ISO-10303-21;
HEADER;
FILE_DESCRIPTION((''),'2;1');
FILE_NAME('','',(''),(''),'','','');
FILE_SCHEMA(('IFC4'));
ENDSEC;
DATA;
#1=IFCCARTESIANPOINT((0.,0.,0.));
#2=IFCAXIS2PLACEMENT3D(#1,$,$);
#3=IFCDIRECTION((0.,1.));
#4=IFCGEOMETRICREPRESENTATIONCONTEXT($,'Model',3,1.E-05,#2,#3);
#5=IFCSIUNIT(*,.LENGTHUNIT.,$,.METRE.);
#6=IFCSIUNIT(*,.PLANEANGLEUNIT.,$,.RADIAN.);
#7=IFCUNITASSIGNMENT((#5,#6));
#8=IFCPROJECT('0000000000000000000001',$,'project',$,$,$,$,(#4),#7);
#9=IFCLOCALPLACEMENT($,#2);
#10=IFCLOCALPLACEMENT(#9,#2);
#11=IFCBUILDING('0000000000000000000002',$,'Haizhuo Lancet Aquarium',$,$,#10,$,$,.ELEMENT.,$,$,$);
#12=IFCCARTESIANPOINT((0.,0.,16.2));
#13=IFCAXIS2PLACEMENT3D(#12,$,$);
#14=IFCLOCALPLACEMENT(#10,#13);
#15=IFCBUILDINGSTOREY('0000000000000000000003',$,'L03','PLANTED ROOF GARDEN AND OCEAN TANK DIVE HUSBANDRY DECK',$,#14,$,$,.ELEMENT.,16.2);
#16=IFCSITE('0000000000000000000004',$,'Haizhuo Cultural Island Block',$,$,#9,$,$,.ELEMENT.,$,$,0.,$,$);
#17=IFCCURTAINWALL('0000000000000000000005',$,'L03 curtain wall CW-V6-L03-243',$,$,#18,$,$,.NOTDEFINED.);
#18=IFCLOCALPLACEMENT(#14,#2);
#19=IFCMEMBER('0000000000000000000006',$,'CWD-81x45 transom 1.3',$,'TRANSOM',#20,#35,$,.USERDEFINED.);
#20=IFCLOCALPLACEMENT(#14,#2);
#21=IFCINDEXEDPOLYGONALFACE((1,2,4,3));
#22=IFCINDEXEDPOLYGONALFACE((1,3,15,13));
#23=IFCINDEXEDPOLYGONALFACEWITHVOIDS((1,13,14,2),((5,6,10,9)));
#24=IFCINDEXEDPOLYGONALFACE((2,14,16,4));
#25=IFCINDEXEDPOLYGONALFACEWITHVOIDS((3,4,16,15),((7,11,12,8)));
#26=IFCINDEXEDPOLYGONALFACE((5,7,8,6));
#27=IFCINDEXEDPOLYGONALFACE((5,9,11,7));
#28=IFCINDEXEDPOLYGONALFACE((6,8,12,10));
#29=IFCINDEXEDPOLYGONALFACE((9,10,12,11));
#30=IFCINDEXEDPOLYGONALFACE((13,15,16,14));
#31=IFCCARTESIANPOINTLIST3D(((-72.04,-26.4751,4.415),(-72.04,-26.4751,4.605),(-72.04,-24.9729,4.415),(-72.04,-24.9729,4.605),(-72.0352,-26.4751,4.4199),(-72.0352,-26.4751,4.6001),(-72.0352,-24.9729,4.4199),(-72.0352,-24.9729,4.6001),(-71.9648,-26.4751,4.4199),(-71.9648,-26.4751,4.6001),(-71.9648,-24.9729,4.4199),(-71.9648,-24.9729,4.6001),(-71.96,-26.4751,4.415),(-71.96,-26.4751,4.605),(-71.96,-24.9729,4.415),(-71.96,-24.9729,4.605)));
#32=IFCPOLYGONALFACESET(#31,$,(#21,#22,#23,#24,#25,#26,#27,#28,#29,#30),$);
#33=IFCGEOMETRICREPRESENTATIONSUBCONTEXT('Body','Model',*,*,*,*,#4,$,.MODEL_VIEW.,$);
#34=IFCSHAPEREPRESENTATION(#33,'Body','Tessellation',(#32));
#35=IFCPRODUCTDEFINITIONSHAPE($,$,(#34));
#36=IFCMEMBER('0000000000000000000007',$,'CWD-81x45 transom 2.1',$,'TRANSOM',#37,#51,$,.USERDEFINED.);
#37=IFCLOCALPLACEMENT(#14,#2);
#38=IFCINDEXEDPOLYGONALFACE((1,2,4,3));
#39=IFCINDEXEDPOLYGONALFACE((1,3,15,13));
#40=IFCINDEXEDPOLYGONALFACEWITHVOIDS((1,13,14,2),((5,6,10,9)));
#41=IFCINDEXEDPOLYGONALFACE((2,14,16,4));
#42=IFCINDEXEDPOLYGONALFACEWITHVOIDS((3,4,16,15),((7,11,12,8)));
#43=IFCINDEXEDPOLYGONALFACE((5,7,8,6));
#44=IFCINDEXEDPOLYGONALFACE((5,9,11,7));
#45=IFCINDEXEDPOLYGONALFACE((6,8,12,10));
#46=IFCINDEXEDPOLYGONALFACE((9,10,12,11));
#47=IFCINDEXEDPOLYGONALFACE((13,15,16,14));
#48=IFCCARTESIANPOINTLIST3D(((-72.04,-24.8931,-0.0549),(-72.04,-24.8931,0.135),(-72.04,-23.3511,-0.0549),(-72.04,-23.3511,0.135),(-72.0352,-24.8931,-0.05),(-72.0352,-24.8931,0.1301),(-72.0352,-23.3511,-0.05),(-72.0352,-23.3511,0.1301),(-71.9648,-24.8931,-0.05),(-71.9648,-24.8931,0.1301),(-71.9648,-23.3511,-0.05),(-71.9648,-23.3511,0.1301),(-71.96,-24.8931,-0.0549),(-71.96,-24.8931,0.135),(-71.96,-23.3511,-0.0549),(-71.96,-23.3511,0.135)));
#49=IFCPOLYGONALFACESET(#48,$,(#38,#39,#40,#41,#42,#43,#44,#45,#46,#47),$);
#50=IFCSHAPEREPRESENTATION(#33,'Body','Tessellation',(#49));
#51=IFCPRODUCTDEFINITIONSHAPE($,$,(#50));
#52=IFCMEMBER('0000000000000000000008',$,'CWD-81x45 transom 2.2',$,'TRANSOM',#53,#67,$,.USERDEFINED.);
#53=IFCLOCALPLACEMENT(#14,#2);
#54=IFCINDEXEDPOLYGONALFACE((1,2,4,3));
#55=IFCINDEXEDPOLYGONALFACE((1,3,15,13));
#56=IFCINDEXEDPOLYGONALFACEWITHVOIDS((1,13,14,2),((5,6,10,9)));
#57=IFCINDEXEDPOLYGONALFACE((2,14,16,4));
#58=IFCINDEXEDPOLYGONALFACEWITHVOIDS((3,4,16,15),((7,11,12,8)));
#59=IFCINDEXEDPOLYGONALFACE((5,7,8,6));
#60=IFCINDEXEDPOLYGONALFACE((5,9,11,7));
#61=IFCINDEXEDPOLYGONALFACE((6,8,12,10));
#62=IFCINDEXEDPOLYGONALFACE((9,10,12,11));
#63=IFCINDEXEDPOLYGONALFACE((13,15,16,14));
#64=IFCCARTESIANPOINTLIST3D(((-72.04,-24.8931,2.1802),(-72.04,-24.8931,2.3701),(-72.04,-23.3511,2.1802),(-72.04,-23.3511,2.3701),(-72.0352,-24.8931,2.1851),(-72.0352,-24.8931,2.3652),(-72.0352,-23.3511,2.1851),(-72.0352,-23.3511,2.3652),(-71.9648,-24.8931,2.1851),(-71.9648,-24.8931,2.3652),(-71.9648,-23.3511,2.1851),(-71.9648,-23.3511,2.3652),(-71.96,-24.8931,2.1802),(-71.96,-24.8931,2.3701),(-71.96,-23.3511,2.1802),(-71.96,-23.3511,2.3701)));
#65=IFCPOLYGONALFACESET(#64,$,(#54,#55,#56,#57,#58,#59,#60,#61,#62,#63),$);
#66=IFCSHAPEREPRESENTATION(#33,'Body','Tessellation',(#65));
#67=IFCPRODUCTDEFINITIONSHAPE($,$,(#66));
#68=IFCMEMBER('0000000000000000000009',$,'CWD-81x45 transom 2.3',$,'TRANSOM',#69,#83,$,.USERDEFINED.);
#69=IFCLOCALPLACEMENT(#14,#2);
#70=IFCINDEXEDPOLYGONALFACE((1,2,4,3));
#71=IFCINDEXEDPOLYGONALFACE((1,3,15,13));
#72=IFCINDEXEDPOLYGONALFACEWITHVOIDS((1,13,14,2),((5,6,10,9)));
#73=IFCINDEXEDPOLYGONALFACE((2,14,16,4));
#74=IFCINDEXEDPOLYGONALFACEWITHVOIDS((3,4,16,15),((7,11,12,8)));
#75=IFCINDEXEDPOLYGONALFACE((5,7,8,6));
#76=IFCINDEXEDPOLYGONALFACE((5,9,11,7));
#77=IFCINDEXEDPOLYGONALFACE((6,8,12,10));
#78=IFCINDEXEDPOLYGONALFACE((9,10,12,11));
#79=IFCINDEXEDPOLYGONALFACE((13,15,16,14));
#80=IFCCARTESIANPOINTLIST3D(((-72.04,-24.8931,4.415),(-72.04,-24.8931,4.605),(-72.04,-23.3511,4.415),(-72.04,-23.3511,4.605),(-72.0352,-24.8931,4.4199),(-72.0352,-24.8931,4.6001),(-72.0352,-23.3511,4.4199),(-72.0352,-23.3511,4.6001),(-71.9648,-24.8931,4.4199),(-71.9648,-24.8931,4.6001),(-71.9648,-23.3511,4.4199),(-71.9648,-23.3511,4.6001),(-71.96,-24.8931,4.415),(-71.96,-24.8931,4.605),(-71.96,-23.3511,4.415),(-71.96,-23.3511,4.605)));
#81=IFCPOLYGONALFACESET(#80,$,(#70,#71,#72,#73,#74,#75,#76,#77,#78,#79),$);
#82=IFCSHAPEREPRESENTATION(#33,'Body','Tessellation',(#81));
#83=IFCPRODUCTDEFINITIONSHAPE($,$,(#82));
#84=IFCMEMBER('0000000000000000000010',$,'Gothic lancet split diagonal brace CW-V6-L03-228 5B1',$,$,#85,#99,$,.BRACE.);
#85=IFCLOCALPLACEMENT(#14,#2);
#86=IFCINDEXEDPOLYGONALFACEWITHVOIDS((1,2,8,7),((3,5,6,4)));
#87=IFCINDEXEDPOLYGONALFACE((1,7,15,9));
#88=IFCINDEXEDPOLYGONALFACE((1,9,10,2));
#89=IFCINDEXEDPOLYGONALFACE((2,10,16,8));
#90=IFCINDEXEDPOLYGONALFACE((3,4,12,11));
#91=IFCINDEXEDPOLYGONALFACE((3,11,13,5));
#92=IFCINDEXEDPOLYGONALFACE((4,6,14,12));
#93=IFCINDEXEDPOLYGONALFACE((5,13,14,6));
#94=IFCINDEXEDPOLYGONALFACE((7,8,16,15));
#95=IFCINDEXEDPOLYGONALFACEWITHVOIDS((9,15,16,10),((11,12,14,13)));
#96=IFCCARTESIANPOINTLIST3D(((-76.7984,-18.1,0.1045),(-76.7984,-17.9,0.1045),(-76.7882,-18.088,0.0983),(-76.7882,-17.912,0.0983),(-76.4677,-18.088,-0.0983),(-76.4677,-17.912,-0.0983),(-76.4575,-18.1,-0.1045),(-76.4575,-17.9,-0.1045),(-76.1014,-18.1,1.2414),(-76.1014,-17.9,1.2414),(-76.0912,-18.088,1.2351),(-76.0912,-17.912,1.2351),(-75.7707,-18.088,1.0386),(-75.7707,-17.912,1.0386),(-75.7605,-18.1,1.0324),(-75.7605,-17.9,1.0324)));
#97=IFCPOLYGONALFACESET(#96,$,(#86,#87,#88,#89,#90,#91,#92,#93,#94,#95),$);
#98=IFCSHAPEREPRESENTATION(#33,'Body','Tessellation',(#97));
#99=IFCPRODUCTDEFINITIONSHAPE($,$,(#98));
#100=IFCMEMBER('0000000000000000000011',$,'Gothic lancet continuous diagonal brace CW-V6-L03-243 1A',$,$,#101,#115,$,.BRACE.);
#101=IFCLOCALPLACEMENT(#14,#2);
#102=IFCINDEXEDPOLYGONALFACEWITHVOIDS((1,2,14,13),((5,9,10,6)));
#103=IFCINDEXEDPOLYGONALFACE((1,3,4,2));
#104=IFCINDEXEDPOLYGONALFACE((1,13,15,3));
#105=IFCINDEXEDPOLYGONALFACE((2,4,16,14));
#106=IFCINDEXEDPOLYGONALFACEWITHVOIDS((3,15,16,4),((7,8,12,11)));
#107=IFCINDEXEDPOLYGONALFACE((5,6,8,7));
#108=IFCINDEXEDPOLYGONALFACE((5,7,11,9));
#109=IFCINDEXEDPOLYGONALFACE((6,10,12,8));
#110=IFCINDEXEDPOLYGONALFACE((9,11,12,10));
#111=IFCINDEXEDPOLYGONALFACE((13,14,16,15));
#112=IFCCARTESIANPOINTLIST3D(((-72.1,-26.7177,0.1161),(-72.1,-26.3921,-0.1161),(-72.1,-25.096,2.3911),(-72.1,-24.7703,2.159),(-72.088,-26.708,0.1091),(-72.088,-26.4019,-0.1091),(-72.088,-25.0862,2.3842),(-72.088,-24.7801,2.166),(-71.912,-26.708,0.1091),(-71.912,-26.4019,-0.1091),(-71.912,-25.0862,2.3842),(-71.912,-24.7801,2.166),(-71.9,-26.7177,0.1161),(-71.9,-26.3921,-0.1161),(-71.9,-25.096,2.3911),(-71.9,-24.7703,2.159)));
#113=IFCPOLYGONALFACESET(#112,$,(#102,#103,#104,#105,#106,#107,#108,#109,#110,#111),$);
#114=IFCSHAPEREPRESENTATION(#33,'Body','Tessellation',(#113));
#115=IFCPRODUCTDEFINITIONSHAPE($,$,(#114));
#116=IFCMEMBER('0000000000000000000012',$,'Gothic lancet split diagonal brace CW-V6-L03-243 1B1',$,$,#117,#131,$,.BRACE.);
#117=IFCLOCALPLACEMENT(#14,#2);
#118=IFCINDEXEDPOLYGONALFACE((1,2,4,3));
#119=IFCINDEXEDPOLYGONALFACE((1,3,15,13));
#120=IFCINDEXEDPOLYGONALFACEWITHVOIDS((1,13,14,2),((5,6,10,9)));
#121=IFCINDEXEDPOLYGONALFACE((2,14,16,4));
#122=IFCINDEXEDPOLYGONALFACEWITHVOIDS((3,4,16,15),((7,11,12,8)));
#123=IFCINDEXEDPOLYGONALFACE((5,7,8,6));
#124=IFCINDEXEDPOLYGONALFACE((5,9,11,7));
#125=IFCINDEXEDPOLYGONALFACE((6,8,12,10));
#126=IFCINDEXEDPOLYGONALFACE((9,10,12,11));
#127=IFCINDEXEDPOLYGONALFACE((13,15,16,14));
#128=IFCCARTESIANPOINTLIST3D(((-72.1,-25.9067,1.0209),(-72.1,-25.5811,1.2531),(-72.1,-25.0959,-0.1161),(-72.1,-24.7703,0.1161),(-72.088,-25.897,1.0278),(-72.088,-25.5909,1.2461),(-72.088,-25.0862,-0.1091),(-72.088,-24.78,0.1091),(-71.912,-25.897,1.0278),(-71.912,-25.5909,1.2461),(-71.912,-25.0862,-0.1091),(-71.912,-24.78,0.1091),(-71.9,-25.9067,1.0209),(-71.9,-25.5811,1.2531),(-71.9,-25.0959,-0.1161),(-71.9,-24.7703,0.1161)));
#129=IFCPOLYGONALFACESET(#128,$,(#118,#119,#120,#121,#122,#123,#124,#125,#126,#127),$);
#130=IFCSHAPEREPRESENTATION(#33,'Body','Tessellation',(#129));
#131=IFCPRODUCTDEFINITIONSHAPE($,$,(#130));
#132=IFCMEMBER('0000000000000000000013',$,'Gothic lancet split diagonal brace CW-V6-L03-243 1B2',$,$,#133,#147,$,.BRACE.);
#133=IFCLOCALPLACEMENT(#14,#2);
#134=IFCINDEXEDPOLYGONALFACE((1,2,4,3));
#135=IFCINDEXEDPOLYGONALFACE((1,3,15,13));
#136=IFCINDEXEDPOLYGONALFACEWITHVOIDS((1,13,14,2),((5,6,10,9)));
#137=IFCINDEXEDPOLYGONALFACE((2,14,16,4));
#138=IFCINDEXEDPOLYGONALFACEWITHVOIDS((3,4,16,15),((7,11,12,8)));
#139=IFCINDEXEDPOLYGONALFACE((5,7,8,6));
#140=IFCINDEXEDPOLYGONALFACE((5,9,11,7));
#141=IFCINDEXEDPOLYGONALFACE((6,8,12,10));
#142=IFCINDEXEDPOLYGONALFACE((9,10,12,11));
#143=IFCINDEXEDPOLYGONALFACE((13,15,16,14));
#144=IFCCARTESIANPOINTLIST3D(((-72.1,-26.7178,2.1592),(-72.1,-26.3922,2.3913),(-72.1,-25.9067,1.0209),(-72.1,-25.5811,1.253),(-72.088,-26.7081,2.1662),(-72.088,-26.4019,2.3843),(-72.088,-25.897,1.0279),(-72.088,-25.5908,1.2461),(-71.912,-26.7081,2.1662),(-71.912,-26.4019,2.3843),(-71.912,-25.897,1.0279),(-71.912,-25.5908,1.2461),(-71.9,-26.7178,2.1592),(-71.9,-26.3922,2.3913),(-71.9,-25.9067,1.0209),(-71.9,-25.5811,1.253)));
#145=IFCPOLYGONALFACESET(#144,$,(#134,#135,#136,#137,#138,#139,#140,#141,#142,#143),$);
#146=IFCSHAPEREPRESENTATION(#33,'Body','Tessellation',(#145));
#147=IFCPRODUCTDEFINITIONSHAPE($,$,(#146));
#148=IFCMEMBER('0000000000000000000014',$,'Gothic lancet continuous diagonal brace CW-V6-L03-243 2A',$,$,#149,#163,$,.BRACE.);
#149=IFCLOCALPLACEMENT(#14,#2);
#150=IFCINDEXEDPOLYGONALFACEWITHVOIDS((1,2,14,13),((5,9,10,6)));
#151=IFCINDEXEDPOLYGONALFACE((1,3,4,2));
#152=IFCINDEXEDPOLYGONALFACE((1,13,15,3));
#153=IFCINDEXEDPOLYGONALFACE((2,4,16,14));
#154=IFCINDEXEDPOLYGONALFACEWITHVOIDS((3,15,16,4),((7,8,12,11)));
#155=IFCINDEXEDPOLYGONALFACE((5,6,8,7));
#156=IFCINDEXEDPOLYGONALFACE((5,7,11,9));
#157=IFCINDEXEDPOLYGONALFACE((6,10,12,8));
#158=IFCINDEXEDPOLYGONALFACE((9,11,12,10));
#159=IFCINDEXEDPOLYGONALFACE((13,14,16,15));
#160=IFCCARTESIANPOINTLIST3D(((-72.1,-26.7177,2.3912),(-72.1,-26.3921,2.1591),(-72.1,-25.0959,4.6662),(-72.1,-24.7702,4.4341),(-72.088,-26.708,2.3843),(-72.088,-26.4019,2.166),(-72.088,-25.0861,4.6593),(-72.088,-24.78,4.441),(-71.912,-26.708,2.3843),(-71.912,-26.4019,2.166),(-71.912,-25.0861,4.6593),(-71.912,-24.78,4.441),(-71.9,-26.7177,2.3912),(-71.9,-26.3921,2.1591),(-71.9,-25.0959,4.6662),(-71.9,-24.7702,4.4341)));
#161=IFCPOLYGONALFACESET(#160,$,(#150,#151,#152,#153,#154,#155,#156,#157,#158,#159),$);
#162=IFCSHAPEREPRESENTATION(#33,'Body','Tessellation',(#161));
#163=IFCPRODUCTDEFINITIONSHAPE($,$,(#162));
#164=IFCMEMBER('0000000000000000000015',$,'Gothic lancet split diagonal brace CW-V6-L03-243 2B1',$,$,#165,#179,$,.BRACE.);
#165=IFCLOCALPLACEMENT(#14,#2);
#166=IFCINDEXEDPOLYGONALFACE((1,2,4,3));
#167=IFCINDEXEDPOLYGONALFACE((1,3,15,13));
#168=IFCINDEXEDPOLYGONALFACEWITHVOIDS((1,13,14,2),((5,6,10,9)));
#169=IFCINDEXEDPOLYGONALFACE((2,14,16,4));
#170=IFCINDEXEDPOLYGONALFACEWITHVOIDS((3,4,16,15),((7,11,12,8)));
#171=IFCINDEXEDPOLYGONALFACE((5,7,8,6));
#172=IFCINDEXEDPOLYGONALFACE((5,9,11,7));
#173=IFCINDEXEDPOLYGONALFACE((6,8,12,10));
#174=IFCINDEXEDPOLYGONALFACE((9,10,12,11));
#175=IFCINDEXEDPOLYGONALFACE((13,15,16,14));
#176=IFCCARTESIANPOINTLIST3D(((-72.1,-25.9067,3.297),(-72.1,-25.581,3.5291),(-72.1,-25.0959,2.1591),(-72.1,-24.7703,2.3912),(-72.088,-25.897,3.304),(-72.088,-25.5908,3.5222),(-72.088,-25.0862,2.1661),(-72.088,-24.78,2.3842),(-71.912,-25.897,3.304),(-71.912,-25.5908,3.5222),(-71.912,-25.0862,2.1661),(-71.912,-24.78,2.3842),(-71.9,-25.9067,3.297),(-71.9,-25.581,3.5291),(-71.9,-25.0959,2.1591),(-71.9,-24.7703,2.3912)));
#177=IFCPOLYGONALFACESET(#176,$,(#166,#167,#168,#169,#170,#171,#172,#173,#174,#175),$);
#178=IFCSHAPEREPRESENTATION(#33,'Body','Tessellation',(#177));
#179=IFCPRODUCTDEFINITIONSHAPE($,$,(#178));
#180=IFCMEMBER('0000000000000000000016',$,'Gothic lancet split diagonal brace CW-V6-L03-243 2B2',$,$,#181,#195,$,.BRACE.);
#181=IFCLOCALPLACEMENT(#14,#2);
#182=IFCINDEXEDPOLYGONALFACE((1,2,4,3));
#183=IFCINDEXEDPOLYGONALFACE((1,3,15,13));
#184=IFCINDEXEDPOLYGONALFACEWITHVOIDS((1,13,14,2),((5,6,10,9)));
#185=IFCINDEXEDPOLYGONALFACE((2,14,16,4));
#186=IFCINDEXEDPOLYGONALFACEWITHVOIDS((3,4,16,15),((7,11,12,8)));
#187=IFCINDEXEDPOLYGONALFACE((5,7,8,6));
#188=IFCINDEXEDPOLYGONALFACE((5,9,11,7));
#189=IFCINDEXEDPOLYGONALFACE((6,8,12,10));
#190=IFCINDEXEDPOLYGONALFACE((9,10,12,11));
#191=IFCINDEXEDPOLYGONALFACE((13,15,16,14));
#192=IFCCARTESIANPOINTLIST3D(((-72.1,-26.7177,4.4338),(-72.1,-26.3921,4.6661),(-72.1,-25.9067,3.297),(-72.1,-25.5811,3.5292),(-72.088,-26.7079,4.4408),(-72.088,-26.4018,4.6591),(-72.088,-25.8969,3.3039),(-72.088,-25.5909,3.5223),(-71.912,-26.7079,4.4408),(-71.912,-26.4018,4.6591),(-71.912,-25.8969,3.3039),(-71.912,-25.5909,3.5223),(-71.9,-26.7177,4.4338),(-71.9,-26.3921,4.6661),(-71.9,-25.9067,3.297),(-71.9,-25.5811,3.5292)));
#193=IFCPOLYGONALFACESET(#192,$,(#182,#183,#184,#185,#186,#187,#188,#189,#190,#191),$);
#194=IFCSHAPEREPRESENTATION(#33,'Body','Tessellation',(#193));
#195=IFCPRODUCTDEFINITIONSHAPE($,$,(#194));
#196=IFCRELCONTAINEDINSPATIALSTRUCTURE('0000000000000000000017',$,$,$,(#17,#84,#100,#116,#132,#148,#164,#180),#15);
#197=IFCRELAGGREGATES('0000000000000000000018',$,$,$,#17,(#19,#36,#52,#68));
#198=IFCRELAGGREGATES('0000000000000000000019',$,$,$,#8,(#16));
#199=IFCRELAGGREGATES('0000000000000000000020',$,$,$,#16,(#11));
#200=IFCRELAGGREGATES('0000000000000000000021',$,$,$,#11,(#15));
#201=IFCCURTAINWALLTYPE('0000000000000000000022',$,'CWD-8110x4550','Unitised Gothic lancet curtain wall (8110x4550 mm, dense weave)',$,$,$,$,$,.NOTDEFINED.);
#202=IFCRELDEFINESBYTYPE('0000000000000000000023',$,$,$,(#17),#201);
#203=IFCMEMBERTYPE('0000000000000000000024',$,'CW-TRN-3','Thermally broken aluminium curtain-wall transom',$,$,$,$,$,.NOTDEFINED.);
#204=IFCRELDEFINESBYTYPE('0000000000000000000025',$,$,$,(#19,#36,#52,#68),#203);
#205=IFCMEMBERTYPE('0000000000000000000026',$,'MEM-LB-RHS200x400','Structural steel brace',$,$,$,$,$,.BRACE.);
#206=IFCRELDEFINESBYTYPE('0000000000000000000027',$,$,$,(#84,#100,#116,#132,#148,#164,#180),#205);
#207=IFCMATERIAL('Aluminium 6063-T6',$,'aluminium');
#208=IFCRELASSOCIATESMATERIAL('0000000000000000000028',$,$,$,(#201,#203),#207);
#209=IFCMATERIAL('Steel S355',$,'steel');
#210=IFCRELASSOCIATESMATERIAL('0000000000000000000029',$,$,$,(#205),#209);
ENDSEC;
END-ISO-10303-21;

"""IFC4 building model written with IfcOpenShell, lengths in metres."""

from ifc_helpers import new_model, si_unit, direction, frame, origin, origin_2d, place, context, subcontext, project, spatial, hollow_rectangle, extrude, material, material_profile, profile_set, type_object, element, aggregate, save


model = new_model("IFC4")

# Units and contexts
model_context = context("Model", 3, precision=1e-05, world=origin(), true_north=direction((0.0, 1.0)))
body_context = subcontext(model_context, "Body", "Model", "MODEL_VIEW")
ifc_project = project(units=[si_unit("LENGTHUNIT", "METRE"), si_unit("PLANEANGLEUNIT", "RADIAN")], contexts=[model_context])

# Site, building, storey
site_placement = place(None, origin())
site = spatial("IfcSite", under=ifc_project, at=site_placement, Name="Haizhuo Cultural Island Block", CompositionType="ELEMENT", RefElevation=0.0)
building_placement = place(site_placement, origin())
building = spatial("IfcBuilding", under=site, at=building_placement, Name="Haizhuo Lancet Aquarium", CompositionType="ELEMENT")
storey_placement = place(building_placement, frame((0.0, 0.0, 16.2)))
storey = spatial("IfcBuildingStorey", under=building, at=storey_placement, Name="L03", Description="PLANTED ROOF GARDEN AND OCEAN TANK DIVE HUSBANDRY DECK", CompositionType="ELEMENT", Elevation=16.2)

# Shared definitions
ifc_material_1 = material(Name="Steel S355", Category="steel")

# Curtain wall, members
ifc_material_2 = material(Name="Aluminium 6063-T6", Category="aluminium")
curtain_wall_type = type_object("IfcCurtainWallType", Name="CWD-8110x4550", Description="Unitised Gothic lancet curtain wall (8110x4550 mm, dense weave)", PredefinedType="NOTDEFINED", material=ifc_material_2)
curtain_wall_placement = place(storey_placement, origin())
curtain_wall = element("IfcCurtainWall", 1, at=curtain_wall_placement, inside=storey, type_object=curtain_wall_type, Name="L03 curtain wall CW-V6-L03-243", PredefinedType="NOTDEFINED")
ifc_material_profile_1 = material_profile(ifc_material_2, hollow_rectangle(XDim=0.0801, YDim=0.1899, WallThickness=0.0049, at=origin_2d()), Name="ALU-T 80x190x5")
ifc_profile_set_1 = profile_set([ifc_material_profile_1], Name="Aluminium 6063-T6")
member_type_1 = type_object("IfcMemberType", Name="CW-TRN-3", Description="Thermally broken aluminium curtain-wall transom", PredefinedType="NOTDEFINED", material=ifc_profile_set_1)
member_1_placement = place(storey_placement, frame((-72.0, -26.4751, 4.51), z_axis=(0.0, 1.0, 0.0), x_axis=(-1.0, 0.0, 0.0)))
member_1 = element("IfcMember", 2, at=member_1_placement, type_object=member_type_1, Name="CWD-81x45 transom 1.3", ObjectType="TRANSOM", PredefinedType="USERDEFINED", context=body_context, shape_type="SweptSolid", body=[
    extrude(hollow_rectangle(XDim=0.0801, YDim=0.1899, WallThickness=0.0049, at=origin_2d()), origin(), (0.0, 0.0, 1.0), 1.5022),
])
member_2_placement = place(storey_placement, frame((-72.0, -24.8931, 0.04), z_axis=(0.0, 1.0, 0.0), x_axis=(-1.0, 0.0, 0.0)))
member_2 = element("IfcMember", 3, at=member_2_placement, type_object=member_type_1, Name="CWD-81x45 transom 2.1", ObjectType="TRANSOM", PredefinedType="USERDEFINED", context=body_context, shape_type="SweptSolid", body=[
    extrude(hollow_rectangle(XDim=0.0801, YDim=0.1899, WallThickness=0.0049, at=origin_2d()), origin(), (0.0, 0.0, 1.0), 1.542),
])
member_3_placement = place(storey_placement, frame((-72.0, -24.8931, 2.2751), z_axis=(0.0, 1.0, 0.0), x_axis=(-1.0, 0.0, 0.0)))
member_3 = element("IfcMember", 4, at=member_3_placement, type_object=member_type_1, Name="CWD-81x45 transom 2.2", ObjectType="TRANSOM", PredefinedType="USERDEFINED", context=body_context, shape_type="SweptSolid", body=[
    extrude(hollow_rectangle(XDim=0.0801, YDim=0.1899, WallThickness=0.0049, at=origin_2d()), origin(), (0.0, 0.0, 1.0), 1.542),
])
member_4_placement = place(storey_placement, frame((-72.0, -24.8931, 4.51), z_axis=(0.0, 1.0, 0.0), x_axis=(-1.0, 0.0, 0.0)))
member_4 = element("IfcMember", 5, at=member_4_placement, type_object=member_type_1, Name="CWD-81x45 transom 2.3", ObjectType="TRANSOM", PredefinedType="USERDEFINED", context=body_context, shape_type="SweptSolid", body=[
    extrude(hollow_rectangle(XDim=0.0801, YDim=0.1899, WallThickness=0.0049, at=origin_2d()), origin(), (0.0, 0.0, 1.0), 1.542),
])

# Members
ifc_material_profile_2 = material_profile(ifc_material_1, hollow_rectangle(XDim=0.2, YDim=0.3999, WallThickness=0.012, at=origin_2d()), Name="RHS 200x400x12")
ifc_profile_set_2 = profile_set([ifc_material_profile_2], Name="Steel S355")
member_type_2 = type_object("IfcMemberType", Name="MEM-LB-RHS200x400", Description="Structural steel brace", PredefinedType="BRACE", material=ifc_profile_set_2)
member_5_placement = place(storey_placement, frame((-76.6279, -18.0, 0.0), z_axis=(0.522656, 0.0, 0.852543), x_axis=(0.0, 1.0, 0.0)))
element("IfcMember", 6, at=member_5_placement, inside=storey, type_object=member_type_2, Name="Gothic lancet split diagonal brace CW-V6-L03-228 5B1", PredefinedType="BRACE", context=body_context, shape_type="SweptSolid", body=[
    extrude(hollow_rectangle(XDim=0.2, YDim=0.3999, WallThickness=0.012, at=origin_2d()), origin(), (0.0, 0.0, 1.0), 1.3335),
])
member_6_placement = place(storey_placement, frame((-72.0, -26.5549, 0.0), z_axis=(0.0, 0.580461, 0.814288), x_axis=(-1.0, 0.0, 0.0)))
element("IfcMember", 7, at=member_6_placement, inside=storey, type_object=member_type_2, Name="Gothic lancet continuous diagonal brace CW-V6-L03-243 1A", PredefinedType="BRACE", context=body_context, shape_type="SweptSolid", body=[
    extrude(hollow_rectangle(XDim=0.2, YDim=0.3999, WallThickness=0.012, at=origin_2d()), origin(), (0.0, 0.0, 1.0), 2.7939),
])
member_7_placement = place(storey_placement, frame((-72.0, -24.9331, 0.0), z_axis=(0.0, -0.58061, 0.814182), x_axis=(1.0, 0.0, 0.0)))
element("IfcMember", 8, at=member_7_placement, inside=storey, type_object=member_type_2, Name="Gothic lancet split diagonal brace CW-V6-L03-243 1B1", PredefinedType="BRACE", context=body_context, shape_type="SweptSolid", body=[
    extrude(hollow_rectangle(XDim=0.2, YDim=0.3999, WallThickness=0.012, at=origin_2d()), origin(), (0.0, 0.0, 1.0), 1.3965),
])
member_8_placement = place(storey_placement, frame((-72.0, -25.7439, 1.137), z_axis=(0.0, -0.580312, 0.814394), x_axis=(1.0, 0.0, 0.0)))
element("IfcMember", 9, at=member_8_placement, inside=storey, type_object=member_type_2, Name="Gothic lancet split diagonal brace CW-V6-L03-243 1B2", PredefinedType="BRACE", context=body_context, shape_type="SweptSolid", body=[
    extrude(hollow_rectangle(XDim=0.2, YDim=0.3999, WallThickness=0.012, at=origin_2d()), origin(), (0.0, 0.0, 1.0), 1.3977),
])
member_9_placement = place(storey_placement, frame((-72.0, -26.5549, 2.2751), z_axis=(0.0, 0.580502, 0.814259), x_axis=(-1.0, 0.0, 0.0)))
element("IfcMember", 10, at=member_9_placement, inside=storey, type_object=member_type_2, Name="Gothic lancet continuous diagonal brace CW-V6-L03-243 2A", PredefinedType="BRACE", context=body_context, shape_type="SweptSolid", body=[
    extrude(hollow_rectangle(XDim=0.2, YDim=0.3999, WallThickness=0.012, at=origin_2d()), origin(), (0.0, 0.0, 1.0), 2.7939),
])
member_10_placement = place(storey_placement, frame((-72.0, -24.9331, 2.2751), z_axis=(0.0, -0.580279, 0.814418), x_axis=(1.0, 0.0, 0.0)))
element("IfcMember", 11, at=member_10_placement, inside=storey, type_object=member_type_2, Name="Gothic lancet split diagonal brace CW-V6-L03-243 2B1", PredefinedType="BRACE", context=body_context, shape_type="SweptSolid", body=[
    extrude(hollow_rectangle(XDim=0.2, YDim=0.3999, WallThickness=0.012, at=origin_2d()), origin(), (0.0, 0.0, 1.0), 1.3972),
])
member_11_placement = place(storey_placement, frame((-72.0, -25.7439, 3.4131), z_axis=(0.0, -0.580725, 0.814099), x_axis=(1.0, 0.0, 0.0)))
element("IfcMember", 12, at=member_11_placement, inside=storey, type_object=member_type_2, Name="Gothic lancet split diagonal brace CW-V6-L03-243 2B2", PredefinedType="BRACE", context=body_context, shape_type="SweptSolid", body=[
    extrude(hollow_rectangle(XDim=0.2, YDim=0.3999, WallThickness=0.012, at=origin_2d()), origin(), (0.0, 0.0, 1.0), 1.3965),
])

aggregate(curtain_wall, [member_1, member_2, member_3, member_4])

save(model, "model.ifc")
